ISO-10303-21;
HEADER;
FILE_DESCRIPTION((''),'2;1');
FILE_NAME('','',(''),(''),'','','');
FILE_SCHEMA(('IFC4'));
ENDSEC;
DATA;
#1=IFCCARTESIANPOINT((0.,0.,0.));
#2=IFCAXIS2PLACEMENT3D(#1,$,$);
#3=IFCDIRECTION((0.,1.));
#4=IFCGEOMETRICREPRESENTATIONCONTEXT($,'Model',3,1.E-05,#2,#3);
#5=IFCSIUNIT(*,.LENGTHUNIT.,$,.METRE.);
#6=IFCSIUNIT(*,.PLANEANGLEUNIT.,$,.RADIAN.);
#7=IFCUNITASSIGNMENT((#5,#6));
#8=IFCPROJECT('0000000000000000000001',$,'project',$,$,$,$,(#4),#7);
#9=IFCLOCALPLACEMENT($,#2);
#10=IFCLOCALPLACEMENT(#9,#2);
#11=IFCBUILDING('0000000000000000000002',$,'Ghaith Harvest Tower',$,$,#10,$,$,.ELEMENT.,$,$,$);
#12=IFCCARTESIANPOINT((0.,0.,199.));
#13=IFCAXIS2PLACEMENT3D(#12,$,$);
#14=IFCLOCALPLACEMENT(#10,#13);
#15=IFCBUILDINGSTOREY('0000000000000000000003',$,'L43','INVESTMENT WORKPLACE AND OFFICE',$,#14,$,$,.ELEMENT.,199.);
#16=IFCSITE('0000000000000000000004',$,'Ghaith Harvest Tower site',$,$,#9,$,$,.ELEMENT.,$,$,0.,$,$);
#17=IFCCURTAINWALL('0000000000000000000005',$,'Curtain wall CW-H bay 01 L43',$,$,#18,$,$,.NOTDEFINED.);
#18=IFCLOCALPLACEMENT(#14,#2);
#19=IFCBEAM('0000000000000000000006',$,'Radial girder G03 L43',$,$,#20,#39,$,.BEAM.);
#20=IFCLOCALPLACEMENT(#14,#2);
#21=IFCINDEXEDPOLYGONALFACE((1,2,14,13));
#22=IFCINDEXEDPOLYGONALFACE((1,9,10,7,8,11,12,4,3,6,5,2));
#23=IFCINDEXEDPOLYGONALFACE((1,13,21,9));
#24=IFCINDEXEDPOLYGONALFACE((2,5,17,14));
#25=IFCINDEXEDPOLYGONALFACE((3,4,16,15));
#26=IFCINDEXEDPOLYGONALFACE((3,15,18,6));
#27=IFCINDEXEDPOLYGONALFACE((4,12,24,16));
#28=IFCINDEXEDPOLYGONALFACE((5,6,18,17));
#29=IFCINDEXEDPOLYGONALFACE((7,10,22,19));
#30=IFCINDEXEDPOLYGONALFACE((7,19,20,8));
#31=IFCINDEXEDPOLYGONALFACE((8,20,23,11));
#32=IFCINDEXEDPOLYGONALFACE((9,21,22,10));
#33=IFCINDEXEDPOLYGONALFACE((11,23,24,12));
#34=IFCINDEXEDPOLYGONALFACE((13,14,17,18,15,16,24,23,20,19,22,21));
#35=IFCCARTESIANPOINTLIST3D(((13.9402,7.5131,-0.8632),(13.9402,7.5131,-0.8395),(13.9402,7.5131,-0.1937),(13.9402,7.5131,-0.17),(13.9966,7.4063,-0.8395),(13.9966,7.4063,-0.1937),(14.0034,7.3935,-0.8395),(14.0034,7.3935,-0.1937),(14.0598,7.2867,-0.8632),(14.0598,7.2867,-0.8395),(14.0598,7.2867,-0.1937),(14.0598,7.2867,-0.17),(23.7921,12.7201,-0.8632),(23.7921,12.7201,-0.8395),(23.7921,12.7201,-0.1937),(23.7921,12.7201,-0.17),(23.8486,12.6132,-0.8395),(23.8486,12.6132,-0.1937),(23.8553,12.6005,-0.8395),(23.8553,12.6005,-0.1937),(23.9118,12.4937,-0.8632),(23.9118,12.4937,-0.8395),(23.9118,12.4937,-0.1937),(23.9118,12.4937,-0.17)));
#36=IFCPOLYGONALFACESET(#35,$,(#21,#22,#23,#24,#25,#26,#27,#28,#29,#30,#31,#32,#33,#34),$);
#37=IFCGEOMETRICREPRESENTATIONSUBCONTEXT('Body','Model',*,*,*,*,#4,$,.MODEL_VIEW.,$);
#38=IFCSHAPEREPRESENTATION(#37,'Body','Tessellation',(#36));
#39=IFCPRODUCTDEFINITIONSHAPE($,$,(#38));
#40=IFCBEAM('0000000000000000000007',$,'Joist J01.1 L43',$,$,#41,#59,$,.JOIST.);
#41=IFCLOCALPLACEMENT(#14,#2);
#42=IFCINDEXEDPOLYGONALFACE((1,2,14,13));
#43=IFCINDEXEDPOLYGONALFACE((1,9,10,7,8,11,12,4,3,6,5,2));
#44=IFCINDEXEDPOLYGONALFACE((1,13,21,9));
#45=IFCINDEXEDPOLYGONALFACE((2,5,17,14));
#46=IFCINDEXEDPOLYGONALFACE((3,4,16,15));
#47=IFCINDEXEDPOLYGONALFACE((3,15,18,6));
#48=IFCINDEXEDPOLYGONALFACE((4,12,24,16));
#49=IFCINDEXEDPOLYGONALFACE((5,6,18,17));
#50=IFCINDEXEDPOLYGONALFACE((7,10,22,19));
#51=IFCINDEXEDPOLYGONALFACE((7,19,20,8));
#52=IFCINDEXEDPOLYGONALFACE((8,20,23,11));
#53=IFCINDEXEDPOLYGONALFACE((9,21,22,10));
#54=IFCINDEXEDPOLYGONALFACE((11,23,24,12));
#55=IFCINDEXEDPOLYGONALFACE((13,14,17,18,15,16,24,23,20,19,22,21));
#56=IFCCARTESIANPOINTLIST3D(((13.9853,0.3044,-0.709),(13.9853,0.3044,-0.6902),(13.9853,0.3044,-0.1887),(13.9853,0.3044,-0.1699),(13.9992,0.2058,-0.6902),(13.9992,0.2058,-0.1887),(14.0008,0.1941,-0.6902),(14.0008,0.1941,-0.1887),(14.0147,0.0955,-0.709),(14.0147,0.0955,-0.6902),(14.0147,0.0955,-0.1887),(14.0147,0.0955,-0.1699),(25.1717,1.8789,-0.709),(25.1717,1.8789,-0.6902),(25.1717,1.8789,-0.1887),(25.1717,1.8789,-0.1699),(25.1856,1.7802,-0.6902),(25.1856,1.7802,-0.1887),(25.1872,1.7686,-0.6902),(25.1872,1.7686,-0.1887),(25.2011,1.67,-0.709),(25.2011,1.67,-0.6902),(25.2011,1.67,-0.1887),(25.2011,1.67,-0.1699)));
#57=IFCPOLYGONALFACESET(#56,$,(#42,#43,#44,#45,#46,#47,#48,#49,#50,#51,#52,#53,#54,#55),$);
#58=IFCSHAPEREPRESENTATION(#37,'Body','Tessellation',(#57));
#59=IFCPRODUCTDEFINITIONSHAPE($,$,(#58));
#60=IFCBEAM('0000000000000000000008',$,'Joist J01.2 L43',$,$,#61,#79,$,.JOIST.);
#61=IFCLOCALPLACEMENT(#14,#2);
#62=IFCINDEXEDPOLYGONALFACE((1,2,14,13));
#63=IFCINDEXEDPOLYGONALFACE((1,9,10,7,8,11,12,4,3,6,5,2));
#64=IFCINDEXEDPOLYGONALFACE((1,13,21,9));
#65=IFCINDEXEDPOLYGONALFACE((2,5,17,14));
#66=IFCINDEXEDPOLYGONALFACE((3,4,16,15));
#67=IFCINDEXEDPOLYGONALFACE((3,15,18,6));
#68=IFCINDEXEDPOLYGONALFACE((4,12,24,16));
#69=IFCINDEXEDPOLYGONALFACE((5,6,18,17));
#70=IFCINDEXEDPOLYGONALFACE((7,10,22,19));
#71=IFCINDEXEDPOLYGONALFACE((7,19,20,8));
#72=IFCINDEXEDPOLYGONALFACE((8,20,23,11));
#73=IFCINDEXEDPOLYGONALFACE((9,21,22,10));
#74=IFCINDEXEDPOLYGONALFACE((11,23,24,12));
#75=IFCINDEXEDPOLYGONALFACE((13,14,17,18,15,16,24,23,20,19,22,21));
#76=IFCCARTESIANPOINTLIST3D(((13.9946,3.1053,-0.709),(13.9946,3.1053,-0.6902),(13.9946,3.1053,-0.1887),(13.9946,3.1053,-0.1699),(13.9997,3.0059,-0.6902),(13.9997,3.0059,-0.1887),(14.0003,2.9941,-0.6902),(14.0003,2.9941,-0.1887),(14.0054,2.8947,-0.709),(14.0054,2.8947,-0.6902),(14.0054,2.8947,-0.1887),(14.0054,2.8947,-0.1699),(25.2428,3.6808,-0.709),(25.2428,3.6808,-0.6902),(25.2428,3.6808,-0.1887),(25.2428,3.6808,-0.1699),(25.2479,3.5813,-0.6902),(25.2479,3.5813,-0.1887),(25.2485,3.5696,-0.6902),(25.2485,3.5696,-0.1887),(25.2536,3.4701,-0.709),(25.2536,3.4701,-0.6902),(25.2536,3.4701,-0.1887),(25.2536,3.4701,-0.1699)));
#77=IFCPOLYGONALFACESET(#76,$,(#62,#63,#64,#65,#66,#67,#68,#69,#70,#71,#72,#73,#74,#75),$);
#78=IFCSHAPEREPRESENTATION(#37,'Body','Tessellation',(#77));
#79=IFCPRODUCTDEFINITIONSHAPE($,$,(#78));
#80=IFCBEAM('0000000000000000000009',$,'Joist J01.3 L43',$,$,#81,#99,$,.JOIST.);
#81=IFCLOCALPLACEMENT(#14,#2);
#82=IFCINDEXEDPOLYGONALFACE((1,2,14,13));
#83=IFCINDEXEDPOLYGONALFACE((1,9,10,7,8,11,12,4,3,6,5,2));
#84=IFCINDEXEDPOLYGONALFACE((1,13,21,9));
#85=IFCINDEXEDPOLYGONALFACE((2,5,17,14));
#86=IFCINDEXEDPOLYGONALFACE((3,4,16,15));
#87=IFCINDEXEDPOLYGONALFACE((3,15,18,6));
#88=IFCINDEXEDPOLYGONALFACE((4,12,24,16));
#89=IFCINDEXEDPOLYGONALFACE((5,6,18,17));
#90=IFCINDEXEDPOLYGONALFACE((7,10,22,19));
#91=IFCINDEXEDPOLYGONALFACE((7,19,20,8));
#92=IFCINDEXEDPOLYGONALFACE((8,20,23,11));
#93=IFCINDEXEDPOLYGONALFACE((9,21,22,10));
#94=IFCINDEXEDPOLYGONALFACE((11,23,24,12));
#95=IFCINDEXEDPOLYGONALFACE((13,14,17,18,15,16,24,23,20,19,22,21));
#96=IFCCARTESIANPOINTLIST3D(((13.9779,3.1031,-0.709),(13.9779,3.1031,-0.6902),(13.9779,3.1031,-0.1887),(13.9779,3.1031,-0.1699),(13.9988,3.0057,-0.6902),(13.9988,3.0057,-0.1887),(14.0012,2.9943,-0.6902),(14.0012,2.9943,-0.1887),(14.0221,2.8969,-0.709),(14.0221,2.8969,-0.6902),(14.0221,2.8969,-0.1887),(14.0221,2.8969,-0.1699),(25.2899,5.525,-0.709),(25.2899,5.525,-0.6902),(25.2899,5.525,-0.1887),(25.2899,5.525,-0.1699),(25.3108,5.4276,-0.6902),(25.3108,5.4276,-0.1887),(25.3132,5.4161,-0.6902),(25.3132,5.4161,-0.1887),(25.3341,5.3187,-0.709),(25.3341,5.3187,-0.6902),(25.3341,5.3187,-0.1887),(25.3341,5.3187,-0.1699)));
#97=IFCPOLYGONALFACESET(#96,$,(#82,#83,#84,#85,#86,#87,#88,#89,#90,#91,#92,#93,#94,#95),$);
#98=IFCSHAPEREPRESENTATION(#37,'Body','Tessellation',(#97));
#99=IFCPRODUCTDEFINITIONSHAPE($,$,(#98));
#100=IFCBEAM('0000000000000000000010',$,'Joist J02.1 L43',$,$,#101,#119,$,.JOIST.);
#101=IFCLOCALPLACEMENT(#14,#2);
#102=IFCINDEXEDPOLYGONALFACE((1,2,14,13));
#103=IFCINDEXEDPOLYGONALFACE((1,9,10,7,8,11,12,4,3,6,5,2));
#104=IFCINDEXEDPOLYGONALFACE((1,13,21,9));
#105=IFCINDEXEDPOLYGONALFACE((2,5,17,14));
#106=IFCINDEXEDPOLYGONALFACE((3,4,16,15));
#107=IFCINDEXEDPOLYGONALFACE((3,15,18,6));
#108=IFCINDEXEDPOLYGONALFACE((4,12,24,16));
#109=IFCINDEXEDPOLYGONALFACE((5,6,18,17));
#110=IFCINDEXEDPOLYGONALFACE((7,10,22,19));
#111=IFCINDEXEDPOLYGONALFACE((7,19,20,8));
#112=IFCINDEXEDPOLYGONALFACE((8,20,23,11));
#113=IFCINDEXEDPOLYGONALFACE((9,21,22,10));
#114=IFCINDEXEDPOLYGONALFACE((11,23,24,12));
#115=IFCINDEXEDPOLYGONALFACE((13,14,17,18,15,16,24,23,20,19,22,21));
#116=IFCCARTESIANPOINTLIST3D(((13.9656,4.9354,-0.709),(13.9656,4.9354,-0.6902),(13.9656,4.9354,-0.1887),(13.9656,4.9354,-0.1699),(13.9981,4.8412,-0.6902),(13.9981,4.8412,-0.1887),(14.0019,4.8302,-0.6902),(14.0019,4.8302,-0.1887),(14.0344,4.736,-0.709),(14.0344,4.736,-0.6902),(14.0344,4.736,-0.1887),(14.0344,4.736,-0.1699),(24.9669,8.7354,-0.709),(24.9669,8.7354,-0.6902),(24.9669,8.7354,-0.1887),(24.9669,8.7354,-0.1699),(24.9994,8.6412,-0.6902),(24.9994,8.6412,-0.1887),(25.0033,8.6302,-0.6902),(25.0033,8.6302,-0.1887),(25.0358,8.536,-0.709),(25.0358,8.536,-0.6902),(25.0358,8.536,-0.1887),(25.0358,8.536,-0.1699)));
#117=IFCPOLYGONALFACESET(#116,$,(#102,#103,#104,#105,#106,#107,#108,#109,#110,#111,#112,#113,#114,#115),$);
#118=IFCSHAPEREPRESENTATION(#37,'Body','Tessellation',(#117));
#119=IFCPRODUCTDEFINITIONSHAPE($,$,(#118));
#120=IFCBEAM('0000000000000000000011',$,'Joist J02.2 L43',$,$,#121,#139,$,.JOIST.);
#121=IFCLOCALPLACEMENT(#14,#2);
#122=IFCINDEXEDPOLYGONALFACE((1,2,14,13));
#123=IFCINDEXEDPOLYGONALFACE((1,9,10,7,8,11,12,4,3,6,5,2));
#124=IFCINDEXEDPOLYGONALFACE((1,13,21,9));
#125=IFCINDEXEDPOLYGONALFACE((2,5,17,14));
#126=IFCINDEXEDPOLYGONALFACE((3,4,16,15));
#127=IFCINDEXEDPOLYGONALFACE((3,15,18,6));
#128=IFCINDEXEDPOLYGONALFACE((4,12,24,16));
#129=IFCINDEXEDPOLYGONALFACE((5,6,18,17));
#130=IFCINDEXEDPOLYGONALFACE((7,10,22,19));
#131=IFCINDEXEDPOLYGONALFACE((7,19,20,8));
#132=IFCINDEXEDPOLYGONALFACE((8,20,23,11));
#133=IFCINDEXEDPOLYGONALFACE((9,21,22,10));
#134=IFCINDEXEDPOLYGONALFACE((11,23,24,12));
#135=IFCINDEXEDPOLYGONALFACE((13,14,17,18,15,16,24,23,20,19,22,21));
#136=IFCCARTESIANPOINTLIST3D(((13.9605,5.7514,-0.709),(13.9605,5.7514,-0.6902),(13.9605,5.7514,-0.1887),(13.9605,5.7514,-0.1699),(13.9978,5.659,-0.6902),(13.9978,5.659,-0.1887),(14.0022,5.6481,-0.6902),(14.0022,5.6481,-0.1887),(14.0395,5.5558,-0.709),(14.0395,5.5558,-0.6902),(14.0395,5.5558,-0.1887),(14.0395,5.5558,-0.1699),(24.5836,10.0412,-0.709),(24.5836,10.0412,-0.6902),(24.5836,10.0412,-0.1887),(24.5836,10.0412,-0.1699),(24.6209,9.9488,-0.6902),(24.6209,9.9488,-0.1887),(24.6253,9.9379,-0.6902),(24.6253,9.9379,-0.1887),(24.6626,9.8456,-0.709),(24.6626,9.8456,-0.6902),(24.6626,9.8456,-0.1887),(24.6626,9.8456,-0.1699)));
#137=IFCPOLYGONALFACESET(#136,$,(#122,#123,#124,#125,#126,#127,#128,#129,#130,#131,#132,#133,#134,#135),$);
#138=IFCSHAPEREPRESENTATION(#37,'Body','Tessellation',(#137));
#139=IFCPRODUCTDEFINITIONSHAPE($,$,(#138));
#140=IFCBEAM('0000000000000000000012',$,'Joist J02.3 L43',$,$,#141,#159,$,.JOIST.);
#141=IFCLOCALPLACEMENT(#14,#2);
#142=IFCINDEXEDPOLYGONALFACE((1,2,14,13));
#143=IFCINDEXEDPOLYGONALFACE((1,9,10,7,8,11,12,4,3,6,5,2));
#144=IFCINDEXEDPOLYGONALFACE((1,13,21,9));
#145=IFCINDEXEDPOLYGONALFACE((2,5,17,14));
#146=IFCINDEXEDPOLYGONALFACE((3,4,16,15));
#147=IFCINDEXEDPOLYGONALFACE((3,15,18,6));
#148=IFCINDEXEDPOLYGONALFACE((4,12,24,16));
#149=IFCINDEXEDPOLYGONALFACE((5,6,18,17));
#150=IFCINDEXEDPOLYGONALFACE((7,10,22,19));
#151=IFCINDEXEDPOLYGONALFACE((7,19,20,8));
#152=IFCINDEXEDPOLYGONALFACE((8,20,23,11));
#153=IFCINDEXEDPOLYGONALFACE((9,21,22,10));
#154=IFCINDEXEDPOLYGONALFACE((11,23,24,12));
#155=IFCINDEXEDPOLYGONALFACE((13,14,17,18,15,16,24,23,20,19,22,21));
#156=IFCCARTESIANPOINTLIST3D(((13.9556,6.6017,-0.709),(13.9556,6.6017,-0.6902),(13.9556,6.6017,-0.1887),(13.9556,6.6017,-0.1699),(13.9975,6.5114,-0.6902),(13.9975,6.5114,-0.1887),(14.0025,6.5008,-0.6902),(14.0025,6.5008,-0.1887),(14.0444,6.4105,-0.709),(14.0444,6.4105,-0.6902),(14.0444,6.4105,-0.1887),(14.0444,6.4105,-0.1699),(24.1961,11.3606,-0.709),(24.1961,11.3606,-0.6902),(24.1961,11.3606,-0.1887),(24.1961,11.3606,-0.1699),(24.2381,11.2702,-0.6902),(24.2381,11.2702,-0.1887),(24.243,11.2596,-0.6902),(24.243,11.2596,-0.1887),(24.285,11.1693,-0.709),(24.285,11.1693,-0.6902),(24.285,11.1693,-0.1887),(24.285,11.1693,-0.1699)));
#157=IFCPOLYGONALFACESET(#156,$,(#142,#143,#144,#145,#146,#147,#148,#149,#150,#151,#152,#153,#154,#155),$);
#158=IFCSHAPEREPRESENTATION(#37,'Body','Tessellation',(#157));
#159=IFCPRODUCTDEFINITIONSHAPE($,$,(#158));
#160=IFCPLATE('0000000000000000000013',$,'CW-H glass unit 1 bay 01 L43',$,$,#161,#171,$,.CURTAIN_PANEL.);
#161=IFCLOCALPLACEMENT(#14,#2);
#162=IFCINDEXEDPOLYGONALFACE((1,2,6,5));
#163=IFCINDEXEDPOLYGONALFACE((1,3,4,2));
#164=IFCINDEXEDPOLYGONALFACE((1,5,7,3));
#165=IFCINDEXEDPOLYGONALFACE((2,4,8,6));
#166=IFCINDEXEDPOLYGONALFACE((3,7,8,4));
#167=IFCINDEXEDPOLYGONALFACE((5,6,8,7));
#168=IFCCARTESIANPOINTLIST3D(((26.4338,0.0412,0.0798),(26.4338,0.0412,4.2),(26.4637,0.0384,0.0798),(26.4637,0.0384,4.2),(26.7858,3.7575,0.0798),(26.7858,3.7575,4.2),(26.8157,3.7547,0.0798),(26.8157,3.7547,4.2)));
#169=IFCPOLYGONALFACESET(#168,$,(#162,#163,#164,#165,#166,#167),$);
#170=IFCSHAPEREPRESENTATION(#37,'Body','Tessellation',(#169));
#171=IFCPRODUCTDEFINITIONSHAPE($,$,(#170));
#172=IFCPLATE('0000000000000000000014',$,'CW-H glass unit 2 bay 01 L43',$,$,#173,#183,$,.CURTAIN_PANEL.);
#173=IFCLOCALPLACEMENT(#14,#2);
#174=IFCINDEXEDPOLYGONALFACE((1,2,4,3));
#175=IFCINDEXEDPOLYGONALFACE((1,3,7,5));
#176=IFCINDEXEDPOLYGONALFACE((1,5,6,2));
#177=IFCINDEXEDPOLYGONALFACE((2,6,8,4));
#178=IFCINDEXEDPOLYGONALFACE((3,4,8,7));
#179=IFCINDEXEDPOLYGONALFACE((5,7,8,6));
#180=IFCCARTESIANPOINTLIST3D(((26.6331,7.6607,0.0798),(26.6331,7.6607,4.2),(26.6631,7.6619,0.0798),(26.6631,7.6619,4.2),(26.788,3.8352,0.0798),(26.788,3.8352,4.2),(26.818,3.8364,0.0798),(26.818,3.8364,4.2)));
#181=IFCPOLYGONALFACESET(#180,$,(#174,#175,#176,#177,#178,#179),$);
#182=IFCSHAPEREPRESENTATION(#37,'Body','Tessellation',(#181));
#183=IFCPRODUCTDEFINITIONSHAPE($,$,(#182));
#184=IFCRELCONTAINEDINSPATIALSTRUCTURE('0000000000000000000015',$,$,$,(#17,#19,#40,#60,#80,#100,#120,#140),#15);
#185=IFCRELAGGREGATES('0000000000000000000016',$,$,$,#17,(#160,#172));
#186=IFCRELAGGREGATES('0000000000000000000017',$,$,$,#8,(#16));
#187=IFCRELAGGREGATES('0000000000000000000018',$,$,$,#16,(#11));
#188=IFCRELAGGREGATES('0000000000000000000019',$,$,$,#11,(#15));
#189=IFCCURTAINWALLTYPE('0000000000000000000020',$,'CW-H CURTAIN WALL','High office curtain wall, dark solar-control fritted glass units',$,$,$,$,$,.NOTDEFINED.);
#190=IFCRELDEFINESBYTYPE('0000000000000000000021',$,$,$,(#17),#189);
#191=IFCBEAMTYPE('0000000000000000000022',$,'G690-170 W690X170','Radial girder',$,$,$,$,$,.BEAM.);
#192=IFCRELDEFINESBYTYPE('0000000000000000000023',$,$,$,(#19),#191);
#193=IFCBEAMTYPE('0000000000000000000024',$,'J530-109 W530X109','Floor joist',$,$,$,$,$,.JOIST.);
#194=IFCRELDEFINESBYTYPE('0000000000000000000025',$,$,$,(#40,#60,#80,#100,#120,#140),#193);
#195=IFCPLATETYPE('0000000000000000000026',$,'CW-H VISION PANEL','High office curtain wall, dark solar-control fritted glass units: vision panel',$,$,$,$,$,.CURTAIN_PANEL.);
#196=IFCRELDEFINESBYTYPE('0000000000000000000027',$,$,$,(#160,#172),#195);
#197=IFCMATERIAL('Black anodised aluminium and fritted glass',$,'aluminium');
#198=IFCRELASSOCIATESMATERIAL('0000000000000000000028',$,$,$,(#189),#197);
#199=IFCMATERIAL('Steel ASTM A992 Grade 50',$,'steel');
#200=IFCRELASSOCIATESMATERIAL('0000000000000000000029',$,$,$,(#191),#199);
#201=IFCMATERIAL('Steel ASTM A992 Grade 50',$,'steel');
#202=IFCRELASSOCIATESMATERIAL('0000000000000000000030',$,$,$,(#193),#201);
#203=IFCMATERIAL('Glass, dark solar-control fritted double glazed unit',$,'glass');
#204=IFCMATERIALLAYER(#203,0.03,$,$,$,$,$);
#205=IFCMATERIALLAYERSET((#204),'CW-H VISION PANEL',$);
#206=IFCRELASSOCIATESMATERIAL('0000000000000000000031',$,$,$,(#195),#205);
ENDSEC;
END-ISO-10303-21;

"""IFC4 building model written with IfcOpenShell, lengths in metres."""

from ifc_helpers import new_model, si_unit, direction, frame, origin, origin_2d, place, context, subcontext, project, spatial, rectangle, i_section, extrude, material, layer, layer_set, material_profile, profile_set, type_object, element, aggregate, save


model = new_model("IFC4")

# Units and contexts
model_context = context("Model", 3, precision=1e-05, world=origin(), true_north=direction((0.0, 1.0)))
body_context = subcontext(model_context, "Body", "Model", "MODEL_VIEW")
ifc_project = project(units=[si_unit("LENGTHUNIT", "METRE"), si_unit("PLANEANGLEUNIT", "RADIAN")], contexts=[model_context])

# Site, building, storey
site_placement = place(None, origin())
site = spatial("IfcSite", under=ifc_project, at=site_placement, Name="Ghaith Harvest Tower site", CompositionType="ELEMENT", RefElevation=0.0)
building_placement = place(site_placement, origin())
building = spatial("IfcBuilding", under=site, at=building_placement, Name="Ghaith Harvest Tower", CompositionType="ELEMENT")
storey_placement = place(building_placement, frame((0.0, 0.0, 199.0)))
storey = spatial("IfcBuildingStorey", under=building, at=storey_placement, Name="L43", Description="INVESTMENT WORKPLACE AND OFFICE", CompositionType="ELEMENT", Elevation=199.0)

# Curtain wall
ifc_material_1 = material(Name="Black anodised aluminium and fritted glass", Category="aluminium")
curtain_wall_type = type_object("IfcCurtainWallType", Name="CW-H CURTAIN WALL", Description="High office curtain wall, dark solar-control fritted glass units", PredefinedType="NOTDEFINED", material=ifc_material_1)
curtain_wall_1_placement = place(storey_placement, origin())
curtain_wall_1 = element("IfcCurtainWall", 1, at=curtain_wall_1_placement, inside=storey, type_object=curtain_wall_type, Name="Curtain wall CW-H bay 01 L43", PredefinedType="NOTDEFINED")

# Beams
ifc_material_2 = material(Name="Steel ASTM A992 Grade 50", Category="steel")
ifc_material_profile_1 = material_profile(ifc_material_2, i_section(OverallWidth=0.2561, OverallDepth=0.6931, WebThickness=0.0144, FlangeThickness=0.0237, at=origin_2d()), Name="W690X170")
ifc_profile_set_1 = profile_set([ifc_material_profile_1], Name="Steel ASTM A992 Grade 50")
beam_type_1 = type_object("IfcBeamType", Name="G690-170 W690X170", Description="Radial girder", PredefinedType="BEAM", material=ifc_profile_set_1)
beam_1_placement = place(storey_placement, frame((14.0, 7.3999, -0.5166), z_axis=(0.884113, 0.467274, 0.0), x_axis=(-0.467274, 0.884113, 0.0)))
element("IfcBeam", 2, at=beam_1_placement, inside=storey, type_object=beam_type_1, Name="Radial girder G03 L43", PredefinedType="BEAM", context=body_context, shape_type="SweptSolid", body=[
    extrude(i_section(OverallWidth=0.2561, OverallDepth=0.6931, WebThickness=0.0144, FlangeThickness=0.0237, at=origin_2d()), origin(), (0.0, 0.0, 1.0), 11.1433),
])
ifc_material_3 = material(Name="Steel ASTM A992 Grade 50", Category="steel")
ifc_material_profile_2 = material_profile(ifc_material_3, i_section(OverallWidth=0.2109, OverallDepth=0.5391, WebThickness=0.0117, FlangeThickness=0.0188, at=origin_2d()), Name="W530X109")
ifc_profile_set_2 = profile_set([ifc_material_profile_2], Name="Steel ASTM A992 Grade 50")
beam_type_2 = type_object("IfcBeamType", Name="J530-109 W530X109", Description="Floor joist", PredefinedType="JOIST", material=ifc_profile_set_2)
beam_2_placement = place(storey_placement, frame((14.0, 0.2, -0.4395), z_axis=(0.99024, 0.139376, 0.0), x_axis=(-0.139376, 0.99024, 0.0)))
element("IfcBeam", 3, at=beam_2_placement, inside=storey, type_object=beam_type_2, Name="Joist J01.1 L43", PredefinedType="JOIST", context=body_context, shape_type="SweptSolid", body=[
    extrude(i_section(OverallWidth=0.2109, OverallDepth=0.5391, WebThickness=0.0117, FlangeThickness=0.0188, at=origin_2d()), origin(), (0.0, 0.0, 1.0), 11.2966),
])
beam_3_placement = place(storey_placement, frame((14.0, 3.0, -0.4395), z_axis=(0.998694, 0.051091, 0.0), x_axis=(-0.051091, 0.998694, 0.0)))
element("IfcBeam", 4, at=beam_3_placement, inside=storey, type_object=beam_type_2, Name="Joist J01.2 L43", PredefinedType="JOIST", context=body_context, shape_type="SweptSolid", body=[
    extrude(i_section(OverallWidth=0.2109, OverallDepth=0.5391, WebThickness=0.0117, FlangeThickness=0.0188, at=origin_2d()), origin(), (0.0, 0.0, 1.0), 11.2629),
])
beam_4_placement = place(storey_placement, frame((14.0, 3.0, -0.4395), z_axis=(0.97784, 0.209353, 0.0), x_axis=(-0.209353, 0.97784, 0.0)))
element("IfcBeam", 5, at=beam_4_placement, inside=storey, type_object=beam_type_2, Name="Joist J01.3 L43", PredefinedType="JOIST", context=body_context, shape_type="SweptSolid", body=[
    extrude(i_section(OverallWidth=0.2109, OverallDepth=0.5391, WebThickness=0.0117, FlangeThickness=0.0188, at=origin_2d()), origin(), (0.0, 0.0, 1.0), 11.5684),
])
beam_5_placement = place(storey_placement, frame((14.0, 4.8357, -0.4395), z_axis=(0.945202, 0.326485, 0.0), x_axis=(-0.326485, 0.945202, 0.0)))
element("IfcBeam", 6, at=beam_5_placement, inside=storey, type_object=beam_type_2, Name="Joist J02.1 L43", PredefinedType="JOIST", context=body_context, shape_type="SweptSolid", body=[
    extrude(i_section(OverallWidth=0.2109, OverallDepth=0.5391, WebThickness=0.0117, FlangeThickness=0.0188, at=origin_2d()), origin(), (0.0, 0.0, 1.0), 11.6392),
])
beam_6_placement = place(storey_placement, frame((14.0, 5.6536, -0.4395), z_axis=(0.92725, 0.374442, 0.0), x_axis=(-0.374442, 0.92725, 0.0)))
element("IfcBeam", 7, at=beam_6_placement, inside=storey, type_object=beam_type_2, Name="Joist J02.2 L43", PredefinedType="JOIST", context=body_context, shape_type="SweptSolid", body=[
    extrude(i_section(OverallWidth=0.2109, OverallDepth=0.5391, WebThickness=0.0117, FlangeThickness=0.0188, at=origin_2d()), origin(), (0.0, 0.0, 1.0), 11.4565),
])
beam_7_placement = place(storey_placement, frame((14.0, 6.5061, -0.4395), z_axis=(0.906864, 0.421423, 0.0), x_axis=(-0.421423, 0.906864, 0.0)))
element("IfcBeam", 8, at=beam_7_placement, inside=storey, type_object=beam_type_2, Name="Joist J02.3 L43", PredefinedType="JOIST", context=body_context, shape_type="SweptSolid", body=[
    extrude(i_section(OverallWidth=0.2109, OverallDepth=0.5391, WebThickness=0.0117, FlangeThickness=0.0188, at=origin_2d()), origin(), (0.0, 0.0, 1.0), 11.2922),
])

# Plates
ifc_material_4 = material(Name="Glass, dark solar-control fritted double glazed unit", Category="glass")
ifc_layer_1 = layer(ifc_material_4, 0.03)
ifc_layer_set_1 = layer_set([ifc_layer_1], Name="CW-H VISION PANEL")
plate_type_1 = type_object("IfcPlateType", Name="CW-H VISION PANEL", Description="High office curtain wall, dark solar-control fritted glass units: vision panel", PredefinedType="CURTAIN_PANEL", material=ifc_layer_set_1)
plate_1_placement = place(storey_placement, frame((26.6248, 1.8979, 0.0798), z_axis=(0.0, 0.0, 1.0), x_axis=(0.094302, 0.995544, 0.0)))
plate_1 = element("IfcPlate", 9, at=plate_1_placement, type_object=plate_type_1, Name="CW-H glass unit 1 bay 01 L43", PredefinedType="CURTAIN_PANEL", context=body_context, shape_type="SweptSolid", body=[
    extrude(rectangle(XDim=3.7329, YDim=0.03, at=origin_2d()), origin(), (0.0, 0.0, 1.0), 4.1201),
])
plate_2_placement = place(storey_placement, frame((26.7256, 5.7485, 0.0798), z_axis=(0.0, 0.0, 1.0), x_axis=(-0.040462, 0.999181, 0.0)))
plate_2 = element("IfcPlate", 10, at=plate_2_placement, type_object=plate_type_1, Name="CW-H glass unit 2 bay 01 L43", PredefinedType="CURTAIN_PANEL", context=body_context, shape_type="SweptSolid", body=[
    extrude(rectangle(XDim=3.8286, YDim=0.03, at=origin_2d()), origin(), (0.0, 0.0, 1.0), 4.1201),
])
aggregate(curtain_wall_1, [plate_1, plate_2])

save(model, "model.ifc")
